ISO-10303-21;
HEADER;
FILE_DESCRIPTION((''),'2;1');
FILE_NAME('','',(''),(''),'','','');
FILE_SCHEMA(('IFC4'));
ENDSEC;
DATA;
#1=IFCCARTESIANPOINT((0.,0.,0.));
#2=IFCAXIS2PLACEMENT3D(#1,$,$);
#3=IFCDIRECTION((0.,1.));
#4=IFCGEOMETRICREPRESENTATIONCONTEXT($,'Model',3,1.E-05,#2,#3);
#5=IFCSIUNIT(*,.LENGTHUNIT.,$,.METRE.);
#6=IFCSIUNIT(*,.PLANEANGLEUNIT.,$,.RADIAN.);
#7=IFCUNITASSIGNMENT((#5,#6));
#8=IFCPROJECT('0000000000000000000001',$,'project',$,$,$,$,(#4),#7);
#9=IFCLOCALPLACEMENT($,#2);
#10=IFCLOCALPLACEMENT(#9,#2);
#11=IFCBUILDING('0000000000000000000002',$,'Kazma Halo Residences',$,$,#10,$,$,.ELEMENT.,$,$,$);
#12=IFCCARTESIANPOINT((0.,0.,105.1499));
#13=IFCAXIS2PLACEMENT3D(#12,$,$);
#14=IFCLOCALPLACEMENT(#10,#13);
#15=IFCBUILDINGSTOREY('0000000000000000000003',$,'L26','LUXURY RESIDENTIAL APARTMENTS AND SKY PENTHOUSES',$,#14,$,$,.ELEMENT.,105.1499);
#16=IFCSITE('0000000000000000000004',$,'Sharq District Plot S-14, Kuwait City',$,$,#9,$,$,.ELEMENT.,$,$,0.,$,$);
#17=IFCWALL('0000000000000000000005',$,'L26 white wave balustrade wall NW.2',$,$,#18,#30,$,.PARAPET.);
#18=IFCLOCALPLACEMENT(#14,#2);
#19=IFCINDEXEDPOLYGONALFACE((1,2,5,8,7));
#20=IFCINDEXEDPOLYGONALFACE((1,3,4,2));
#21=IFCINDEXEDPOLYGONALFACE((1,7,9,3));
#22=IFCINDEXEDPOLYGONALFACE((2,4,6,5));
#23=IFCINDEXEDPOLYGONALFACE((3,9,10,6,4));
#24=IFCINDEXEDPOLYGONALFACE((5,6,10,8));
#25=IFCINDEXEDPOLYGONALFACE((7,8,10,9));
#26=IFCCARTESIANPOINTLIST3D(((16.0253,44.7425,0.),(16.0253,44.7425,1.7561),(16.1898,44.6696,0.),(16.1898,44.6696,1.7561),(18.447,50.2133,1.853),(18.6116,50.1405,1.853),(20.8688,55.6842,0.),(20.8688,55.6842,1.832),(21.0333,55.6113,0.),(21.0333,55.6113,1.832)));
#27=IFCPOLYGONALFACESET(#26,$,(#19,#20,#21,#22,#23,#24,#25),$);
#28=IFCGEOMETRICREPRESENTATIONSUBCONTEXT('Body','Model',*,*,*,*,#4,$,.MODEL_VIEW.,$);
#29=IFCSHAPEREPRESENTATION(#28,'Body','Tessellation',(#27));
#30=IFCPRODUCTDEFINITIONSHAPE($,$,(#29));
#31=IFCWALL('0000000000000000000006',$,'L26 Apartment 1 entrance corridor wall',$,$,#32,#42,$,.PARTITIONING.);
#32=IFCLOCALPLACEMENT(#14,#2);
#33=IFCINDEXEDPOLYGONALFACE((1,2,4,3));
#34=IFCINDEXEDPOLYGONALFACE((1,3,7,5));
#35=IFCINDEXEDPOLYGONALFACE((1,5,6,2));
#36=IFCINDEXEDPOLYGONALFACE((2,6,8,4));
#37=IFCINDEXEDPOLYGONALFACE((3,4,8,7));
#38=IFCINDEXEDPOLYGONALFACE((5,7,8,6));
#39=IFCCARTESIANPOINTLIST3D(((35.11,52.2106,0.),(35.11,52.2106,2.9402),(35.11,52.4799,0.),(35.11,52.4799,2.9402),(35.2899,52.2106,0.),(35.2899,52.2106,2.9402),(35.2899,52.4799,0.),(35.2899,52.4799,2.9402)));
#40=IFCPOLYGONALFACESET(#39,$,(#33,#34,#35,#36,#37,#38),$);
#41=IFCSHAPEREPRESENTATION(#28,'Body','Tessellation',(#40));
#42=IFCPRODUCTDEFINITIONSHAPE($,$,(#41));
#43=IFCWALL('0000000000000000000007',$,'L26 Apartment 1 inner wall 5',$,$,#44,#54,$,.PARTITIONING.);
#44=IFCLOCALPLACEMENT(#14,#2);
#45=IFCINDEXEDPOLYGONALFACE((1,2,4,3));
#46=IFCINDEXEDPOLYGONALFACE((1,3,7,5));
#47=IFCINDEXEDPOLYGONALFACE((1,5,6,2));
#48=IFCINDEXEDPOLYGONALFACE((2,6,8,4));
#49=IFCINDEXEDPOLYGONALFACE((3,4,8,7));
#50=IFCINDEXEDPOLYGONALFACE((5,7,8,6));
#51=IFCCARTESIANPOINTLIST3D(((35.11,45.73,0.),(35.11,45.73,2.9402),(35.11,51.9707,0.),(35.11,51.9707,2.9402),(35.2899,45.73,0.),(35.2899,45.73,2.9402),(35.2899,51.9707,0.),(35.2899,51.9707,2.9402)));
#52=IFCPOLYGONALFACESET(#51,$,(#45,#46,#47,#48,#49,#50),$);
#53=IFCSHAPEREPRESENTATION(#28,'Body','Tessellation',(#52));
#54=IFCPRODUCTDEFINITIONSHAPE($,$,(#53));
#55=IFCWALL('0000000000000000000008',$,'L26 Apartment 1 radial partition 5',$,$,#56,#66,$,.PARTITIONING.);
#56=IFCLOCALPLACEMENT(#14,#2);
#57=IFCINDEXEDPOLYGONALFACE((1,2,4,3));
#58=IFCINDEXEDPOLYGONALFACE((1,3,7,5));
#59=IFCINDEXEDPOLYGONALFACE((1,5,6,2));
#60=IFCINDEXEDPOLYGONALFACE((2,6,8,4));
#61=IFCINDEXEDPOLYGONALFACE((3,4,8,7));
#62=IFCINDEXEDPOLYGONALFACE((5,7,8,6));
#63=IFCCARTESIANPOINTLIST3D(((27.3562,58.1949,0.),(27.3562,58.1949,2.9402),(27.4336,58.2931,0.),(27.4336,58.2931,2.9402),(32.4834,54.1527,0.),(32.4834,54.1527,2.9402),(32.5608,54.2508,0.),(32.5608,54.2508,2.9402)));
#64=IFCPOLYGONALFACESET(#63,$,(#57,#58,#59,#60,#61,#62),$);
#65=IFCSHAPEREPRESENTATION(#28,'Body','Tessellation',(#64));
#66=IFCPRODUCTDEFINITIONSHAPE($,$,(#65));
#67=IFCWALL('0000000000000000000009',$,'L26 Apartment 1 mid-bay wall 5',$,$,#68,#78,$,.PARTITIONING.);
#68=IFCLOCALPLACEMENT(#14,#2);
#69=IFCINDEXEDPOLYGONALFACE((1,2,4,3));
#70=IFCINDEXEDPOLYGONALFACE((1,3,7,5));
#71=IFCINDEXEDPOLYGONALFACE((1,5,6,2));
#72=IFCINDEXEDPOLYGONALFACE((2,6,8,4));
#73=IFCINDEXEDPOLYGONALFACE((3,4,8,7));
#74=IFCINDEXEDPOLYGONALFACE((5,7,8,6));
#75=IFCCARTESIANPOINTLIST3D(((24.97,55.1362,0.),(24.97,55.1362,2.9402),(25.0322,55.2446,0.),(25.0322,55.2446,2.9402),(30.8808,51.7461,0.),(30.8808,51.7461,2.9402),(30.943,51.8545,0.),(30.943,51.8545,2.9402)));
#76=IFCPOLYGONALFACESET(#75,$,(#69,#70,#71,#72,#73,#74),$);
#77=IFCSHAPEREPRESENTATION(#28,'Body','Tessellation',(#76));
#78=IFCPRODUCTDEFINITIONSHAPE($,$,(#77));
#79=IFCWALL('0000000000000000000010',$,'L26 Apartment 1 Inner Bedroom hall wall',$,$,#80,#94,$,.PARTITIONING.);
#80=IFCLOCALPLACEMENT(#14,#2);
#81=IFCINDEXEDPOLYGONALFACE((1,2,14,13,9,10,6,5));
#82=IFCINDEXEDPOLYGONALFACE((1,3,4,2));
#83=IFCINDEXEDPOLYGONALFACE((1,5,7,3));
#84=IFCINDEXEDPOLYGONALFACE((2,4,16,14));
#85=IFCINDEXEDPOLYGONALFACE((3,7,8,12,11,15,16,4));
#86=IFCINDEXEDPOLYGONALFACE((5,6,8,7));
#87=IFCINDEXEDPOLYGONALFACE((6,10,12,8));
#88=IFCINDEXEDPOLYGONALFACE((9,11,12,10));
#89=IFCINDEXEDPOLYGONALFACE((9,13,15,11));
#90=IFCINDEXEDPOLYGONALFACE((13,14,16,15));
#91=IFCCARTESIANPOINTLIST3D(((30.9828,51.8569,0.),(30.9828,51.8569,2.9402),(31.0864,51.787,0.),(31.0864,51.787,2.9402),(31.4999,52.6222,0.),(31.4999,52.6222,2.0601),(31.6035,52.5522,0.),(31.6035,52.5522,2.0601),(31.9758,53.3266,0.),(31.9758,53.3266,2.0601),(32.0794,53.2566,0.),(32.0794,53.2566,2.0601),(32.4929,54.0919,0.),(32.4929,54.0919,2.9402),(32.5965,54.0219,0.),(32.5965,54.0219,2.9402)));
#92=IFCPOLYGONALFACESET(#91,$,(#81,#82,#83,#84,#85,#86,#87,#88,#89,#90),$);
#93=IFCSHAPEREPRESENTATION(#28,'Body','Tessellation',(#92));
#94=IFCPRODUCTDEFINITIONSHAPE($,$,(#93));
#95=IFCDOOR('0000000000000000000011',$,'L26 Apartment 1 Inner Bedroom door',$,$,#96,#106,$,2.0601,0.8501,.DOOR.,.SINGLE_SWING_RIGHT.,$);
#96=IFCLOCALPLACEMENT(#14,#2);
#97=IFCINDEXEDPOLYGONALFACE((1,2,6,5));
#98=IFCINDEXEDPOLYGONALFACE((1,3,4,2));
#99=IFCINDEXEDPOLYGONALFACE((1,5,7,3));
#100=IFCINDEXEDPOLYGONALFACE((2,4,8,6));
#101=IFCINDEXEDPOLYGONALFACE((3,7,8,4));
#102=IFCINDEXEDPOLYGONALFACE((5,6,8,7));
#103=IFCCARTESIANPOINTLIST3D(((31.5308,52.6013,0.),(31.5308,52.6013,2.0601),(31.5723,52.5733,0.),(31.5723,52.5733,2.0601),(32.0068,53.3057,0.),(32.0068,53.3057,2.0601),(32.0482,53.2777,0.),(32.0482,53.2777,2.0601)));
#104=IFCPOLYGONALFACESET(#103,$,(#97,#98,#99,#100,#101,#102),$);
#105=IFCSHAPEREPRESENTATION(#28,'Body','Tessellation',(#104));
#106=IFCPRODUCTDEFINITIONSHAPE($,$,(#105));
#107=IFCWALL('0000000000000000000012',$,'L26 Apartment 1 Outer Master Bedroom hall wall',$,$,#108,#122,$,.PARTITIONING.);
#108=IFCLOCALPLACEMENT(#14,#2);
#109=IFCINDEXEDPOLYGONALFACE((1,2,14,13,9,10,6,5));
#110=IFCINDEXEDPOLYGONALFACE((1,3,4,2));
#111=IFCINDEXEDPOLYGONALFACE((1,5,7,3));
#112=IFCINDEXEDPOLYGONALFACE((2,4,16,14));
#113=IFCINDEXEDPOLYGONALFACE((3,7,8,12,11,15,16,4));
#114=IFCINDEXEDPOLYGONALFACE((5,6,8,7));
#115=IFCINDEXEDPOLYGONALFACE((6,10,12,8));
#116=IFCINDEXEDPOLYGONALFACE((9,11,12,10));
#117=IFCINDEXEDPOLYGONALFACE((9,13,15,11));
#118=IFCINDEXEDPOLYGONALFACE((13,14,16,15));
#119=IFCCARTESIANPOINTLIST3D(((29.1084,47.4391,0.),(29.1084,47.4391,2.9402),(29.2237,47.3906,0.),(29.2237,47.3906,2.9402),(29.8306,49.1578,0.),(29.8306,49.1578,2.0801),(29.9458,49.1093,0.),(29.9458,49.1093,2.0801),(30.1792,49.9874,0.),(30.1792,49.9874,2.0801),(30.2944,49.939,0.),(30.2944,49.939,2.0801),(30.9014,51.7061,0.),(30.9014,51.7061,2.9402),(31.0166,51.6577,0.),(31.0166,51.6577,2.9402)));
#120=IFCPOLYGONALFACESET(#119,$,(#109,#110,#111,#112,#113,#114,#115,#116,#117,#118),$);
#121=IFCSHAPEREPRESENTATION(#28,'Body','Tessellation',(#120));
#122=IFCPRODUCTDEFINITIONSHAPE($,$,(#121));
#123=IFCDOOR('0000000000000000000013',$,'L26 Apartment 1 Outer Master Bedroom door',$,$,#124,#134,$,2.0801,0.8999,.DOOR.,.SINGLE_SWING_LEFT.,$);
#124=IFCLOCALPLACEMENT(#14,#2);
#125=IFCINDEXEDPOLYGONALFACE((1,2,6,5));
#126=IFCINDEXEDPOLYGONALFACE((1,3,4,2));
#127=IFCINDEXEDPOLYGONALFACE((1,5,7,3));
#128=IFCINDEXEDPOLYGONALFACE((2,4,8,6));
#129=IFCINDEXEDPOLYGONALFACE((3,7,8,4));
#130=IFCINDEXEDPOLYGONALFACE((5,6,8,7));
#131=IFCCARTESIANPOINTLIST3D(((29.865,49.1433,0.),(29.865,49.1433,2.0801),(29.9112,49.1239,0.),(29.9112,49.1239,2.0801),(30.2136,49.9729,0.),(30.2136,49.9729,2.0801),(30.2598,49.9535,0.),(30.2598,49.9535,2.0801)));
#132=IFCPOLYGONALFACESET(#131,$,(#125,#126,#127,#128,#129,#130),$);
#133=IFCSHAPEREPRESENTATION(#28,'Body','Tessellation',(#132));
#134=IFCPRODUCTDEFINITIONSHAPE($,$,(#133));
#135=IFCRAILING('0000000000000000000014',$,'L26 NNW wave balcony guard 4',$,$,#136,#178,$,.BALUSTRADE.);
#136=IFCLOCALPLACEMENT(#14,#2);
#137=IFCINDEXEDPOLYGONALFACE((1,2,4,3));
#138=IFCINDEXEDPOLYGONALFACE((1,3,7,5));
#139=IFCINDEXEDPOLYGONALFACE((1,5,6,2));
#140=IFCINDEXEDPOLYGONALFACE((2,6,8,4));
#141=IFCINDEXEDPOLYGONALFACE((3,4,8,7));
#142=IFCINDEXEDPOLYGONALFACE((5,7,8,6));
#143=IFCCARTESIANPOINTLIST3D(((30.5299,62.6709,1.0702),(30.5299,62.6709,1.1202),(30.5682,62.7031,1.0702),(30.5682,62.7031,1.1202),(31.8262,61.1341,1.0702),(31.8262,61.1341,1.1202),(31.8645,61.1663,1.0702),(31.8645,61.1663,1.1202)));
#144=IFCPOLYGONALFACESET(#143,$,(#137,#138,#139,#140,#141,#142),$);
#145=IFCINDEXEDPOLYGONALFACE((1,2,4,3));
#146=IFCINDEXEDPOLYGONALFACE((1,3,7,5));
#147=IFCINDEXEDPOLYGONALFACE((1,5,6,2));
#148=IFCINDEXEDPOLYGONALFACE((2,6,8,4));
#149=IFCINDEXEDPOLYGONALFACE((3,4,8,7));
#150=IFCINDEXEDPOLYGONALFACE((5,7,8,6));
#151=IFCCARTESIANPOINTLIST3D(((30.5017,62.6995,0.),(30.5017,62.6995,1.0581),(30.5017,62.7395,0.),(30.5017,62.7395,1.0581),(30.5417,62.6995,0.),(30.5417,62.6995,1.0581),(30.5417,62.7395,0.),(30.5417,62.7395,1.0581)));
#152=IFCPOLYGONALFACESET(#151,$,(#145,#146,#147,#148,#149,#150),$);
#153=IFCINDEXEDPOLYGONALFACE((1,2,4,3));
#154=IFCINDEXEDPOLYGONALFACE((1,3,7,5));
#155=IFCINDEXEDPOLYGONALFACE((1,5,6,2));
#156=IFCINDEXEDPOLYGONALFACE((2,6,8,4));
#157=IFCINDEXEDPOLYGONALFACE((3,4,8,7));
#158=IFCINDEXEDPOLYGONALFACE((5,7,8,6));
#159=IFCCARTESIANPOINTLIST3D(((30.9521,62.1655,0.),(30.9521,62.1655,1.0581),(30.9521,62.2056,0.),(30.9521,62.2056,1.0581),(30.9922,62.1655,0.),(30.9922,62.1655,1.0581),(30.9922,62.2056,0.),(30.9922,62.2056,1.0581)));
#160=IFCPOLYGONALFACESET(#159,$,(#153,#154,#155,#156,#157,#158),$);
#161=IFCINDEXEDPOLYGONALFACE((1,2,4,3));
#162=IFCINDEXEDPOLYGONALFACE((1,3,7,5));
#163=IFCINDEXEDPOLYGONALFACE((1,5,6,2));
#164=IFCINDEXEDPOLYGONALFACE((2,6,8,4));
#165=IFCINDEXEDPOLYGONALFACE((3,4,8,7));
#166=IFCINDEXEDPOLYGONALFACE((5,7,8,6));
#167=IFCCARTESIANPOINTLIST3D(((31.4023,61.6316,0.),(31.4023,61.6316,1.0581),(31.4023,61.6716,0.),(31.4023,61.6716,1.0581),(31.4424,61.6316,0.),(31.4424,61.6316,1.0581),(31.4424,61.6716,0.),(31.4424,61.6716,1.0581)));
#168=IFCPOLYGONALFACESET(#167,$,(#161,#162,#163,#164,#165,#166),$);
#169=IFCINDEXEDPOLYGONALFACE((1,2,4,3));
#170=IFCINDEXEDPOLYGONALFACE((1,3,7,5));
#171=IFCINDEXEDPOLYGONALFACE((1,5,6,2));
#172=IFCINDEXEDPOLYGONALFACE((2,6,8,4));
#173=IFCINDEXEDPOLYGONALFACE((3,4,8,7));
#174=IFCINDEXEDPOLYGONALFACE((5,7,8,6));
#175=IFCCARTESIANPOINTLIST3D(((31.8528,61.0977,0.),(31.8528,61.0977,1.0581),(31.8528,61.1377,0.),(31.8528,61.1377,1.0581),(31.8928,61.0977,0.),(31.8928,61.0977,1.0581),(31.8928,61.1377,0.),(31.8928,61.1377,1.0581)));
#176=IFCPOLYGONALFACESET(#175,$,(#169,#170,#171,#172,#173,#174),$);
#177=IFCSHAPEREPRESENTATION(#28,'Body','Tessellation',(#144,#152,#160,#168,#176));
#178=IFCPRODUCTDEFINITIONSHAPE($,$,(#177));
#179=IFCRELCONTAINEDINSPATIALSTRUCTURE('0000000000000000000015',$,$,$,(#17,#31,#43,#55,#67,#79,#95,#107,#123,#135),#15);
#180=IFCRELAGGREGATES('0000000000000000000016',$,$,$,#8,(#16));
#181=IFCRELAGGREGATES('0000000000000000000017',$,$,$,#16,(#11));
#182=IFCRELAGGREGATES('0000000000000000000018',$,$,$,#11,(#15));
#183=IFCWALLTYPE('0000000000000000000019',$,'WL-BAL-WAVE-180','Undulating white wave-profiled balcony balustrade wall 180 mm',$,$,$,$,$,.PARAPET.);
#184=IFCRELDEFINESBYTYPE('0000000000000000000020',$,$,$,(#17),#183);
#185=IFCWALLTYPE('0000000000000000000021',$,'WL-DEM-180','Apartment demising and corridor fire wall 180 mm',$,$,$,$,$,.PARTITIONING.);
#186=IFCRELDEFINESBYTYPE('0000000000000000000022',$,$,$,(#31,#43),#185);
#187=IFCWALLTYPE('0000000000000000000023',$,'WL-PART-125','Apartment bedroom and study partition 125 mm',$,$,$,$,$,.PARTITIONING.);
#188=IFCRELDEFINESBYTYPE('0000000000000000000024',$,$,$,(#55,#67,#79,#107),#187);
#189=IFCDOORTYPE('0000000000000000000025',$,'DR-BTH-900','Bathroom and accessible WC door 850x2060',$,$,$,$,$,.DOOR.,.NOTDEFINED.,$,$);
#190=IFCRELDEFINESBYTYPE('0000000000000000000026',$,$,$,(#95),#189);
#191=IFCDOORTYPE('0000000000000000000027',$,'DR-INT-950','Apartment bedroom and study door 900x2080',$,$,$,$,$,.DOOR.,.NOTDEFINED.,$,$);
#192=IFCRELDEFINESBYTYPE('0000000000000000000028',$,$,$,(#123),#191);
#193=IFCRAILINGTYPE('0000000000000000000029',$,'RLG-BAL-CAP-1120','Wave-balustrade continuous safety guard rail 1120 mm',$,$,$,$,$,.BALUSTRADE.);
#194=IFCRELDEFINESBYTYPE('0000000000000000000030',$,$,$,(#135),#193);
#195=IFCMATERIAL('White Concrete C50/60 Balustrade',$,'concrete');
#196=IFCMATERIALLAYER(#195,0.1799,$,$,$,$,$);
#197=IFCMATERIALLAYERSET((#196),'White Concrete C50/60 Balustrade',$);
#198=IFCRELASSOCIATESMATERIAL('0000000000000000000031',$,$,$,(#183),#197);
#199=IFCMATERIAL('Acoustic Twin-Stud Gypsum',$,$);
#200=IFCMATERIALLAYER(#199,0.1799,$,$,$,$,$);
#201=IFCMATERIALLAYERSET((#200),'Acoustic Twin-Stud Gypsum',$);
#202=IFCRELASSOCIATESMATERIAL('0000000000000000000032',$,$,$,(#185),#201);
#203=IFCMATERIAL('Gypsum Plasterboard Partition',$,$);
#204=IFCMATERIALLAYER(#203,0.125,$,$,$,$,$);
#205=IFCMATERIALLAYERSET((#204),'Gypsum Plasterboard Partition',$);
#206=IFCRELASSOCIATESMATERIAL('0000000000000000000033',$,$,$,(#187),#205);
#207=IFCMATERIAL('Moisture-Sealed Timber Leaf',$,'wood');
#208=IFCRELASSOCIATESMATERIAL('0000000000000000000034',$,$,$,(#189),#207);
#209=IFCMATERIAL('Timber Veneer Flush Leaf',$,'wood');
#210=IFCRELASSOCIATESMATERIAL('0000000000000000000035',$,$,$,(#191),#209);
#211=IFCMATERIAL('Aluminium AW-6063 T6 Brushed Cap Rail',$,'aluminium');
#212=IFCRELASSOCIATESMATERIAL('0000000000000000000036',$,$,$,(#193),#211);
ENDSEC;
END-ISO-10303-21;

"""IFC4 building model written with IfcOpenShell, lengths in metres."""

from ifc_helpers import new_model, si_unit, direction, frame, frame_2d, origin, origin_2d, place, context, subcontext, project, spatial, polyline, rectangle, outline, extrude, material, layer, layer_set, type_object, element, fill, save


model = new_model("IFC4")

# Units and contexts
model_context = context("Model", 3, precision=1e-05, world=origin(), true_north=direction((0.0, 1.0)))
body_context = subcontext(model_context, "Body", "Model", "MODEL_VIEW")
ifc_project = project(units=[si_unit("LENGTHUNIT", "METRE"), si_unit("PLANEANGLEUNIT", "RADIAN")], contexts=[model_context])

# Site, building, storey
site_placement = place(None, origin())
site = spatial("IfcSite", under=ifc_project, at=site_placement, Name="Sharq District Plot S-14, Kuwait City", CompositionType="ELEMENT", RefElevation=0.0)
building_placement = place(site_placement, origin())
building = spatial("IfcBuilding", under=site, at=building_placement, Name="Kazma Halo Residences", CompositionType="ELEMENT")
storey_placement = place(building_placement, frame((0.0, 0.0, 105.1499)))
storey = spatial("IfcBuildingStorey", under=building, at=storey_placement, Name="L26", Description="LUXURY RESIDENTIAL APARTMENTS AND SKY PENTHOUSES", CompositionType="ELEMENT", Elevation=105.1499)

# Walls
ifc_material_1 = material(Name="White Concrete C50/60 Balustrade", Category="concrete")
ifc_layer_1 = layer(ifc_material_1, 0.1799)
ifc_layer_set_1 = layer_set([ifc_layer_1], Name="White Concrete C50/60 Balustrade")
wall_type_1 = type_object("IfcWallType", Name="WL-BAL-WAVE-180", Description="Undulating white wave-profiled balcony balustrade wall 180 mm", PredefinedType="PARAPET", material=ifc_layer_set_1)
wall_1_placement = place(storey_placement, frame((20.9512, 55.6477, 0.0), z_axis=(0.0, 0.0, 1.0), x_axis=(-0.404781, -0.914414, 0.0)))
element("IfcWall", 1, at=wall_1_placement, inside=storey, type_object=wall_type_1, Name="L26 white wave balustrade wall NW.2", PredefinedType="PARAPET", context=body_context, shape_type="SweptSolid", body=[
    extrude(outline(polyline([(0.0, 0.0), (11.9658, 0.0), (11.9658, 1.7561), (5.9829, 1.853), (0.0, 1.832), (0.0, 0.0)])), frame((0.0, 0.0898, 0.0), z_axis=(0.0, -1.0, 0.0), x_axis=(1.0, 0.0, 0.0)), (0.0, 0.0, 1.0), 0.1799),
])
ifc_material_2 = material(Name="Acoustic Twin-Stud Gypsum")
ifc_layer_2 = layer(ifc_material_2, 0.1799)
ifc_layer_set_2 = layer_set([ifc_layer_2], Name="Acoustic Twin-Stud Gypsum")
wall_type_2 = type_object("IfcWallType", Name="WL-DEM-180", Description="Apartment demising and corridor fire wall 180 mm", PredefinedType="PARTITIONING", material=ifc_layer_set_2)
wall_2_placement = place(storey_placement, frame((35.2, 52.48, 0.0), z_axis=(0.0, 0.0, 1.0), x_axis=(0.0, -1.0, 0.0)))
element("IfcWall", 2, at=wall_2_placement, inside=storey, type_object=wall_type_2, Name="L26 Apartment 1 entrance corridor wall", PredefinedType="PARTITIONING", context=body_context, shape_type="SweptSolid", body=[
    extrude(rectangle(XDim=0.2693, YDim=0.1799, at=frame_2d((0.1348, 0.0))), origin(), (0.0, 0.0, 1.0), 2.9402),
])
wall_3_placement = place(storey_placement, frame((35.2, 51.9707, 0.0), z_axis=(0.0, 0.0, 1.0), x_axis=(0.0, -1.0, 0.0)))
element("IfcWall", 3, at=wall_3_placement, inside=storey, type_object=wall_type_2, Name="L26 Apartment 1 inner wall 5", PredefinedType="PARTITIONING", context=body_context, shape_type="SweptSolid", body=[
    extrude(rectangle(XDim=6.2407, YDim=0.1799, at=frame_2d((3.1204, 0.0))), origin(), (0.0, 0.0, 1.0), 2.9402),
])

# Walls
ifc_material_3 = material(Name="Gypsum Plasterboard Partition")
ifc_layer_3 = layer(ifc_material_3, 0.125)
ifc_layer_set_3 = layer_set([ifc_layer_3], Name="Gypsum Plasterboard Partition")
wall_type_3 = type_object("IfcWallType", Name="WL-PART-125", Description="Apartment bedroom and study partition 125 mm", PredefinedType="PARTITIONING", material=ifc_layer_set_3)
wall_4_placement = place(storey_placement, frame((32.5222, 54.2017, 0.0), z_axis=(0.0, 0.0, 1.0), x_axis=(-0.785296, 0.61912, 0.0)))
element("IfcWall", 4, at=wall_4_placement, inside=storey, type_object=wall_type_3, Name="L26 Apartment 1 radial partition 5", PredefinedType="PARTITIONING", context=body_context, shape_type="SweptSolid", body=[
    extrude(rectangle(XDim=6.5291, YDim=0.125, at=frame_2d((3.2646, 0.0))), origin(), (0.0, 0.0, 1.0), 2.9402),
])
wall_5_placement = place(storey_placement, frame((30.9119, 51.8003, 0.0), z_axis=(0.0, 0.0, 1.0), x_axis=(-0.867453, 0.49752, 0.0)))
element("IfcWall", 5, at=wall_5_placement, inside=storey, type_object=wall_type_3, Name="L26 Apartment 1 mid-bay wall 5", PredefinedType="PARTITIONING", context=body_context, shape_type="SweptSolid", body=[
    extrude(rectangle(XDim=6.814, YDim=0.125, at=frame_2d((3.407, 0.0))), origin(), (0.0, 0.0, 1.0), 2.9402),
])

# Walls, openings, doors
wall_6_placement = place(storey_placement, frame((32.5447, 54.0569, 0.0), z_axis=(0.0, 0.0, 1.0), x_axis=(-0.559849, -0.828595, 0.0)))
wall_6 = element("IfcWall", 6, at=wall_6_placement, inside=storey, type_object=wall_type_3, Name="L26 Apartment 1 Inner Bedroom hall wall", PredefinedType="PARTITIONING", context=body_context, shape_type="SweptSolid", body=[
    extrude(rectangle(XDim=2.6973, YDim=0.125, at=frame_2d((1.3486, 0.0))), origin(), (0.0, 0.0, 1.0), 2.9402),
])
opening_1_placement = place(wall_6_placement, frame((0.9236, 0.0, 0.0)))
opening_1 = element("IfcOpeningElement", 7, at=opening_1_placement, cuts=wall_6, PredefinedType="OPENING", context=body_context, shape_type="SweptSolid", body=[
    extrude(rectangle(XDim=0.8501, YDim=2.0601, at=frame_2d((0.425, 1.03))), frame((0.0, 0.0725, 0.0), z_axis=(0.0, -1.0, 0.0), x_axis=(1.0, 0.0, 0.0)), (0.0, 0.0, 1.0), 0.145),
])
ifc_material_4 = material(Name="Moisture-Sealed Timber Leaf", Category="wood")
door_type_1 = type_object("IfcDoorType", Name="DR-BTH-900", Description="Bathroom and accessible WC door 850x2060", OperationType="NOTDEFINED", PredefinedType="DOOR", material=ifc_material_4)
door_1_placement = place(opening_1_placement, origin())
door_1 = element("IfcDoor", 8, at=door_1_placement, inside=storey, type_object=door_type_1, Name="L26 Apartment 1 Inner Bedroom door", OperationType="SINGLE_SWING_RIGHT", OverallHeight=2.0601, OverallWidth=0.8501, PredefinedType="DOOR", context=body_context, shape_type="SweptSolid", body=[
    extrude(rectangle(XDim=0.8501, YDim=2.0601, at=frame_2d((0.425, 1.03))), frame((0.0, 0.0249, 0.0), z_axis=(0.0, -1.0, 0.0), x_axis=(1.0, 0.0, 0.0)), (0.0, 0.0, 1.0), 0.05),
])
fill(opening_1, door_1)
wall_7_placement = place(storey_placement, frame((30.959, 51.6819, 0.0), z_axis=(0.0, 0.0, 1.0), x_axis=(-0.387378, -0.921921, 0.0)))
wall_7 = element("IfcWall", 9, at=wall_7_placement, inside=storey, type_object=wall_type_3, Name="L26 Apartment 1 Outer Master Bedroom hall wall", PredefinedType="PARTITIONING", context=body_context, shape_type="SweptSolid", body=[
    extrude(rectangle(XDim=4.6284, YDim=0.125, at=frame_2d((2.3142, 0.0))), origin(), (0.0, 0.0, 1.0), 2.9402),
])
opening_2_placement = place(wall_7_placement, frame((1.8643, 0.0, 0.0)))
opening_2 = element("IfcOpeningElement", 10, at=opening_2_placement, cuts=wall_7, PredefinedType="OPENING", context=body_context, shape_type="SweptSolid", body=[
    extrude(rectangle(XDim=0.8999, YDim=2.0801, at=frame_2d((0.45, 1.04))), frame((0.0, 0.0725, 0.0), z_axis=(0.0, -1.0, 0.0), x_axis=(1.0, 0.0, 0.0)), (0.0, 0.0, 1.0), 0.145),
])
ifc_material_5 = material(Name="Timber Veneer Flush Leaf", Category="wood")
door_type_2 = type_object("IfcDoorType", Name="DR-INT-950", Description="Apartment bedroom and study door 900x2080", OperationType="NOTDEFINED", PredefinedType="DOOR", material=ifc_material_5)
door_2_placement = place(opening_2_placement, origin())
door_2 = element("IfcDoor", 11, at=door_2_placement, inside=storey, type_object=door_type_2, Name="L26 Apartment 1 Outer Master Bedroom door", OperationType="SINGLE_SWING_LEFT", OverallHeight=2.0801, OverallWidth=0.8999, PredefinedType="DOOR", context=body_context, shape_type="SweptSolid", body=[
    extrude(rectangle(XDim=0.8999, YDim=2.0801, at=frame_2d((0.45, 1.04))), frame((0.0, 0.0249, 0.0), z_axis=(0.0, -1.0, 0.0), x_axis=(1.0, 0.0, 0.0)), (0.0, 0.0, 1.0), 0.05),
])
fill(opening_2, door_2)

# Railing
ifc_material_6 = material(Name="Aluminium AW-6063 T6 Brushed Cap Rail", Category="aluminium")
railing_type = type_object("IfcRailingType", Name="RLG-BAL-CAP-1120", Description="Wave-balustrade continuous safety guard rail 1120 mm", PredefinedType="BALUSTRADE", material=ifc_material_6)
railing_1_placement = place(storey_placement, frame((30.5217, 62.7195, 0.0)))
element("IfcRailing", 12, at=railing_1_placement, inside=storey, type_object=railing_type, Name="L26 NNW wave balcony guard 4", PredefinedType="BALUSTRADE", context=body_context, shape_type="SweptSolid", body=[
    extrude(rectangle(XDim=0.05, YDim=0.05, at=origin_2d()), frame((0.0273, -0.0325, 1.0952), z_axis=(0.644745, -0.764397, 0.0), x_axis=(0.764397, 0.644745, 0.0)), (0.0, 0.0, 1.0), 2.0105),
    extrude(rectangle(XDim=0.04, YDim=0.04, at=origin_2d()), origin(), (0.0, 0.0, 1.0), 1.0581),
    extrude(rectangle(XDim=0.04, YDim=0.04, at=origin_2d()), frame((0.4504, -0.5339, 0.0)), (0.0, 0.0, 1.0), 1.0581),
    extrude(rectangle(XDim=0.04, YDim=0.04, at=origin_2d()), frame((0.9006, -1.0679, 0.0)), (0.0, 0.0, 1.0), 1.0581),
    extrude(rectangle(XDim=0.04, YDim=0.04, at=origin_2d()), frame((1.3511, -1.6018, 0.0)), (0.0, 0.0, 1.0), 1.0581),
])

save(model, "model.ifc")
